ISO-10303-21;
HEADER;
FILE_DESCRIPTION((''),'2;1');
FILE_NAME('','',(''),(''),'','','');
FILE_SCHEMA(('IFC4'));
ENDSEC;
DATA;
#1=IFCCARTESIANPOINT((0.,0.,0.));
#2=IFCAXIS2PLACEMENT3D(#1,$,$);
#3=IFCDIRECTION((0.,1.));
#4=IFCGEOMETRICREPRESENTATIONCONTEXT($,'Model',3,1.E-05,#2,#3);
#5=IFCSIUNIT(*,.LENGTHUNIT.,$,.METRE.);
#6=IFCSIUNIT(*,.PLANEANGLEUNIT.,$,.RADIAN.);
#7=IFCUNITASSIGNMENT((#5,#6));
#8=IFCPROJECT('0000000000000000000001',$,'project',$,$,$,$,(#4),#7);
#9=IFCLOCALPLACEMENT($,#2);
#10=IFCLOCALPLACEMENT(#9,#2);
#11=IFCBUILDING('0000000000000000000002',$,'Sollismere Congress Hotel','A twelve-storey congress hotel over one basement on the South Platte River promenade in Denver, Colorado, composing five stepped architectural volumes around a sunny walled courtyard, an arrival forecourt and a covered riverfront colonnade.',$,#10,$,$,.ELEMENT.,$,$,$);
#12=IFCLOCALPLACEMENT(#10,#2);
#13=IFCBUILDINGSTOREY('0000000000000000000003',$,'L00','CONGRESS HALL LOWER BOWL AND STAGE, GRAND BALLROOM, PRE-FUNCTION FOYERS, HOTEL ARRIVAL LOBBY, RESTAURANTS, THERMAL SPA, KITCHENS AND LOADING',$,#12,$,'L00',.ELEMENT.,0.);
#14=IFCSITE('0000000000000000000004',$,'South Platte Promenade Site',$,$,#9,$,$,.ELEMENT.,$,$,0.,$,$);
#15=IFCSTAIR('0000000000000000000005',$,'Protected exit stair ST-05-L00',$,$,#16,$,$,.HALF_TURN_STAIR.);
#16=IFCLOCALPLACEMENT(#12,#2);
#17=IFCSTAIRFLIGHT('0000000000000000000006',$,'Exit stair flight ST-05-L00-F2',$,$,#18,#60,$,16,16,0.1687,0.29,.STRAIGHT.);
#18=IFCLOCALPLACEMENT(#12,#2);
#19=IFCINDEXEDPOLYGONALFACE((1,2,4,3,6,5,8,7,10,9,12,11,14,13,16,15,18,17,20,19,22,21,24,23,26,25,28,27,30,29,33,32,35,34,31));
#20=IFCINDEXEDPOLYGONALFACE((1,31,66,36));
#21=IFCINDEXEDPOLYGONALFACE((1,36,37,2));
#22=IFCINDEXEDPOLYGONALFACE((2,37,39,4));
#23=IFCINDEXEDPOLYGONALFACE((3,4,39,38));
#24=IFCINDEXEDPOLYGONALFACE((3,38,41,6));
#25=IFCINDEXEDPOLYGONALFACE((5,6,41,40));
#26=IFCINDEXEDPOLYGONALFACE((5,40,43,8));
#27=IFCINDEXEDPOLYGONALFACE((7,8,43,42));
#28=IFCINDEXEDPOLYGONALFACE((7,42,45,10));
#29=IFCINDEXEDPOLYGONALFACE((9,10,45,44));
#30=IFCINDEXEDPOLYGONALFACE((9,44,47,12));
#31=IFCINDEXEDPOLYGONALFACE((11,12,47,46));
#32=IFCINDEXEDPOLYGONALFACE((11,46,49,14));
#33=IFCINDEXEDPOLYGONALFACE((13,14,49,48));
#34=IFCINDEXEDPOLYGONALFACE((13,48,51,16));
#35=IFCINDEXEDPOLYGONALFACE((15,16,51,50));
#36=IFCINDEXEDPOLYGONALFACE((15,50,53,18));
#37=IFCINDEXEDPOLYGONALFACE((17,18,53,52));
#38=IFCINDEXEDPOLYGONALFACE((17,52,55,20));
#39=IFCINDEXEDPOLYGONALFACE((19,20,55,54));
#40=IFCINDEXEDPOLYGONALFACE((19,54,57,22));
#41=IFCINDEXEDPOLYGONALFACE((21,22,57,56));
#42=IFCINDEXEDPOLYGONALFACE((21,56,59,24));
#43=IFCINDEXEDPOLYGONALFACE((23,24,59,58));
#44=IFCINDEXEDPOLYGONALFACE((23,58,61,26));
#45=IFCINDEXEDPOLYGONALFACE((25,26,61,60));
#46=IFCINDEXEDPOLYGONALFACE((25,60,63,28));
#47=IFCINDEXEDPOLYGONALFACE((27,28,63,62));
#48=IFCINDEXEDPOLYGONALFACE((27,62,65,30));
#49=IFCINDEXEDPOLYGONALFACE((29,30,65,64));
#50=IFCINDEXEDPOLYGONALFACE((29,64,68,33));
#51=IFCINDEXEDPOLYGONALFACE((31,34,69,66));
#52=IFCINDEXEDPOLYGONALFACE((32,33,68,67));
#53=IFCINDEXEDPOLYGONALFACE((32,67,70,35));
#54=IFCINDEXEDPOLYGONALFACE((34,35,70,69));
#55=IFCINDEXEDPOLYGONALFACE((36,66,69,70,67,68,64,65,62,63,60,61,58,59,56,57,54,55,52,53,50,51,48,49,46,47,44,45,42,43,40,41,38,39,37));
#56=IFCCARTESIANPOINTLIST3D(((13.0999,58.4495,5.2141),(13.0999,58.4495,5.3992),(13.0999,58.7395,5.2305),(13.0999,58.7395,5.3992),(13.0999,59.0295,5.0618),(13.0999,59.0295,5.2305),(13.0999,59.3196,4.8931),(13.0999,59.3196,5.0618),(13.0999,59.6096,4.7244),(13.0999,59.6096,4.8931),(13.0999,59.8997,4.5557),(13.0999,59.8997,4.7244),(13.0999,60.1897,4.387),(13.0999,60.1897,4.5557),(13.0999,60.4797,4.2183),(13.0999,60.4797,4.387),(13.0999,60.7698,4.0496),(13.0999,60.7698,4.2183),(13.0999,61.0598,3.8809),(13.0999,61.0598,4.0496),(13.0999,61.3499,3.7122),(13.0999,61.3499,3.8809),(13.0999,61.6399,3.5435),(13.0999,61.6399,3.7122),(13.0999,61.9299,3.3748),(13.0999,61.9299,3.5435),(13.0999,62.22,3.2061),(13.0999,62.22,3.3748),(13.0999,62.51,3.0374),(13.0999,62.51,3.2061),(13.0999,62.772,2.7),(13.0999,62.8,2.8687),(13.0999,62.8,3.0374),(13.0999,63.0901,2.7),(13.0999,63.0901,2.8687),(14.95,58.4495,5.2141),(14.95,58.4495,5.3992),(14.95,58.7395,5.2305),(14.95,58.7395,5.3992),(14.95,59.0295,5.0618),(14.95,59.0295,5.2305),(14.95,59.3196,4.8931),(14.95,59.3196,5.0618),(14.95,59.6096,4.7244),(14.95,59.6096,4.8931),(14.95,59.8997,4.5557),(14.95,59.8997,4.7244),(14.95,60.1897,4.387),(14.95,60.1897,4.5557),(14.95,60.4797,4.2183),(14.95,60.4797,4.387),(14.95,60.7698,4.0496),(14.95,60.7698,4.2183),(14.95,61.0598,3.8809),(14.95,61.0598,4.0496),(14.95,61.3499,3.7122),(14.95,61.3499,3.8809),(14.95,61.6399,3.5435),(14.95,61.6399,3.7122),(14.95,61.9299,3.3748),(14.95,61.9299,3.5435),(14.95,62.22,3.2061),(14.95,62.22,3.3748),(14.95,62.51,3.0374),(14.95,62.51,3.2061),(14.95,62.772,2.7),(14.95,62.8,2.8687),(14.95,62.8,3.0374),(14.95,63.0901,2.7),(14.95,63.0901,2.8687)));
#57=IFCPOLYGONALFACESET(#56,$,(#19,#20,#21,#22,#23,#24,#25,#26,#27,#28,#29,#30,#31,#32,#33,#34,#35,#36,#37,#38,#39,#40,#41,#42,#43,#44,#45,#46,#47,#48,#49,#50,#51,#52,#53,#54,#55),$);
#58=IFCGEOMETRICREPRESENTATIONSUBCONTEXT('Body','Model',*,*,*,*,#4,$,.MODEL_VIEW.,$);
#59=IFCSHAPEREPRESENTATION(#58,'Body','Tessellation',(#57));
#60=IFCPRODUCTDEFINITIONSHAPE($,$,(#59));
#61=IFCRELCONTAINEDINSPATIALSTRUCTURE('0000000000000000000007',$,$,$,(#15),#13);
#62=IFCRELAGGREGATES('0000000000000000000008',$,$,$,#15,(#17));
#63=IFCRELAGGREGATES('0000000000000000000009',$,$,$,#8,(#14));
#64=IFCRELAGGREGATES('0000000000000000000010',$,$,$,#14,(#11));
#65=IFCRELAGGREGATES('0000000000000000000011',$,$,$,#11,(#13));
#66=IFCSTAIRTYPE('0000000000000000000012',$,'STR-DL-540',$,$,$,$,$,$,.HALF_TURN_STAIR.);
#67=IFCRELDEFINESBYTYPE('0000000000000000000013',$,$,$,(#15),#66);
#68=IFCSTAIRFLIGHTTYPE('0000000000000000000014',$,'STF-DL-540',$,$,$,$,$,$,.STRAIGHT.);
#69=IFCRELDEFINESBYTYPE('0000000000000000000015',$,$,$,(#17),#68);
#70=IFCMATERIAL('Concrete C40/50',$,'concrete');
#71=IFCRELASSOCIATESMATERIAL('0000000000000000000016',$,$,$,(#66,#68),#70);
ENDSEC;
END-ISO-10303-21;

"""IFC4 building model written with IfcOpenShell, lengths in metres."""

from ifc_helpers import new_model, si_unit, direction, frame, origin, place, context, subcontext, project, spatial, polyline, outline, extrude, material, type_object, element, aggregate, save


model = new_model("IFC4")

# Units and contexts
model_context = context("Model", 3, precision=1e-05, world=origin(), true_north=direction((0.0, 1.0)))
body_context = subcontext(model_context, "Body", "Model", "MODEL_VIEW")
ifc_project = project(units=[si_unit("LENGTHUNIT", "METRE"), si_unit("PLANEANGLEUNIT", "RADIAN")], contexts=[model_context])

# Site, building, storey
site_placement = place(None, origin())
site = spatial("IfcSite", under=ifc_project, at=site_placement, Name="South Platte Promenade Site", CompositionType="ELEMENT", RefElevation=0.0)
building_placement = place(site_placement, origin())
building = spatial("IfcBuilding", under=site, at=building_placement, Name="Sollismere Congress Hotel", Description="A twelve-storey congress hotel over one basement on the South Platte River promenade in Denver, Colorado, composing five stepped architectural volumes around a sunny walled courtyard, an arrival forecourt and a covered riverfront colonnade.", CompositionType="ELEMENT")
storey_placement = place(building_placement, origin())
storey = spatial("IfcBuildingStorey", under=building, at=storey_placement, Name="L00", Description="CONGRESS HALL LOWER BOWL AND STAGE, GRAND BALLROOM, PRE-FUNCTION FOYERS, HOTEL ARRIVAL LOBBY, RESTAURANTS, THERMAL SPA, KITCHENS AND LOADING", LongName="L00", CompositionType="ELEMENT", Elevation=0.0)

# Stair, stair flight
ifc_material_1 = material(Name="Concrete C40/50", Category="concrete")
stair_type = type_object("IfcStairType", Name="STR-DL-540", PredefinedType="HALF_TURN_STAIR", material=ifc_material_1)
stair_placement = place(storey_placement, origin())
stair = element("IfcStair", 1, at=stair_placement, inside=storey, type_object=stair_type, Name="Protected exit stair ST-05-L00", PredefinedType="HALF_TURN_STAIR")
stair_flight_type = type_object("IfcStairFlightType", Name="STF-DL-540", PredefinedType="STRAIGHT", material=ifc_material_1)
stair_flight_placement = place(storey_placement, frame((14.0249, 63.0901, 2.7), z_axis=(0.0, 0.0, 1.0), x_axis=(0.0, -1.0, 0.0)))
stair_flight = element("IfcStairFlight", 2, at=stair_flight_placement, type_object=stair_flight_type, Name="Exit stair flight ST-05-L00-F2", NumberOfRisers=16, NumberOfTreads=16, PredefinedType="STRAIGHT", RiserHeight=0.1687, TreadLength=0.29, context=body_context, shape_type="SweptSolid", body=[
    extrude(outline(polyline([(0.0, 0.0), (0.0, 0.1687), (0.29, 0.1687), (0.29, 0.3374), (0.5801, 0.3374), (0.5801, 0.5061), (0.8701, 0.5061), (0.8701, 0.6748), (1.1602, 0.6748), (1.1602, 0.8435), (1.4502, 0.8435), (1.4502, 1.0122), (1.7402, 1.0122), (1.7402, 1.1809), (2.0303, 1.1809), (2.0303, 1.3496), (2.3203, 1.3496), (2.3203, 1.5183), (2.6104, 1.5183), (2.6104, 1.687), (2.9004, 1.687), (2.9004, 1.8557), (3.1904, 1.8557), (3.1904, 2.0244), (3.4805, 2.0244), (3.4805, 2.1931), (3.7705, 2.1931), (3.7705, 2.3618), (4.0605, 2.3618), (4.0605, 2.5305), (4.3506, 2.5305), (4.3506, 2.6992), (4.6406, 2.6992), (4.6406, 2.5142), (0.3181, 0.0), (0.0, 0.0)])), frame((0.0, 0.925, 0.0), z_axis=(0.0, -1.0, 0.0), x_axis=(1.0, 0.0, 0.0)), (0.0, 0.0, 1.0), 1.8501),
])
aggregate(stair, [stair_flight])

save(model, "model.ifc")
